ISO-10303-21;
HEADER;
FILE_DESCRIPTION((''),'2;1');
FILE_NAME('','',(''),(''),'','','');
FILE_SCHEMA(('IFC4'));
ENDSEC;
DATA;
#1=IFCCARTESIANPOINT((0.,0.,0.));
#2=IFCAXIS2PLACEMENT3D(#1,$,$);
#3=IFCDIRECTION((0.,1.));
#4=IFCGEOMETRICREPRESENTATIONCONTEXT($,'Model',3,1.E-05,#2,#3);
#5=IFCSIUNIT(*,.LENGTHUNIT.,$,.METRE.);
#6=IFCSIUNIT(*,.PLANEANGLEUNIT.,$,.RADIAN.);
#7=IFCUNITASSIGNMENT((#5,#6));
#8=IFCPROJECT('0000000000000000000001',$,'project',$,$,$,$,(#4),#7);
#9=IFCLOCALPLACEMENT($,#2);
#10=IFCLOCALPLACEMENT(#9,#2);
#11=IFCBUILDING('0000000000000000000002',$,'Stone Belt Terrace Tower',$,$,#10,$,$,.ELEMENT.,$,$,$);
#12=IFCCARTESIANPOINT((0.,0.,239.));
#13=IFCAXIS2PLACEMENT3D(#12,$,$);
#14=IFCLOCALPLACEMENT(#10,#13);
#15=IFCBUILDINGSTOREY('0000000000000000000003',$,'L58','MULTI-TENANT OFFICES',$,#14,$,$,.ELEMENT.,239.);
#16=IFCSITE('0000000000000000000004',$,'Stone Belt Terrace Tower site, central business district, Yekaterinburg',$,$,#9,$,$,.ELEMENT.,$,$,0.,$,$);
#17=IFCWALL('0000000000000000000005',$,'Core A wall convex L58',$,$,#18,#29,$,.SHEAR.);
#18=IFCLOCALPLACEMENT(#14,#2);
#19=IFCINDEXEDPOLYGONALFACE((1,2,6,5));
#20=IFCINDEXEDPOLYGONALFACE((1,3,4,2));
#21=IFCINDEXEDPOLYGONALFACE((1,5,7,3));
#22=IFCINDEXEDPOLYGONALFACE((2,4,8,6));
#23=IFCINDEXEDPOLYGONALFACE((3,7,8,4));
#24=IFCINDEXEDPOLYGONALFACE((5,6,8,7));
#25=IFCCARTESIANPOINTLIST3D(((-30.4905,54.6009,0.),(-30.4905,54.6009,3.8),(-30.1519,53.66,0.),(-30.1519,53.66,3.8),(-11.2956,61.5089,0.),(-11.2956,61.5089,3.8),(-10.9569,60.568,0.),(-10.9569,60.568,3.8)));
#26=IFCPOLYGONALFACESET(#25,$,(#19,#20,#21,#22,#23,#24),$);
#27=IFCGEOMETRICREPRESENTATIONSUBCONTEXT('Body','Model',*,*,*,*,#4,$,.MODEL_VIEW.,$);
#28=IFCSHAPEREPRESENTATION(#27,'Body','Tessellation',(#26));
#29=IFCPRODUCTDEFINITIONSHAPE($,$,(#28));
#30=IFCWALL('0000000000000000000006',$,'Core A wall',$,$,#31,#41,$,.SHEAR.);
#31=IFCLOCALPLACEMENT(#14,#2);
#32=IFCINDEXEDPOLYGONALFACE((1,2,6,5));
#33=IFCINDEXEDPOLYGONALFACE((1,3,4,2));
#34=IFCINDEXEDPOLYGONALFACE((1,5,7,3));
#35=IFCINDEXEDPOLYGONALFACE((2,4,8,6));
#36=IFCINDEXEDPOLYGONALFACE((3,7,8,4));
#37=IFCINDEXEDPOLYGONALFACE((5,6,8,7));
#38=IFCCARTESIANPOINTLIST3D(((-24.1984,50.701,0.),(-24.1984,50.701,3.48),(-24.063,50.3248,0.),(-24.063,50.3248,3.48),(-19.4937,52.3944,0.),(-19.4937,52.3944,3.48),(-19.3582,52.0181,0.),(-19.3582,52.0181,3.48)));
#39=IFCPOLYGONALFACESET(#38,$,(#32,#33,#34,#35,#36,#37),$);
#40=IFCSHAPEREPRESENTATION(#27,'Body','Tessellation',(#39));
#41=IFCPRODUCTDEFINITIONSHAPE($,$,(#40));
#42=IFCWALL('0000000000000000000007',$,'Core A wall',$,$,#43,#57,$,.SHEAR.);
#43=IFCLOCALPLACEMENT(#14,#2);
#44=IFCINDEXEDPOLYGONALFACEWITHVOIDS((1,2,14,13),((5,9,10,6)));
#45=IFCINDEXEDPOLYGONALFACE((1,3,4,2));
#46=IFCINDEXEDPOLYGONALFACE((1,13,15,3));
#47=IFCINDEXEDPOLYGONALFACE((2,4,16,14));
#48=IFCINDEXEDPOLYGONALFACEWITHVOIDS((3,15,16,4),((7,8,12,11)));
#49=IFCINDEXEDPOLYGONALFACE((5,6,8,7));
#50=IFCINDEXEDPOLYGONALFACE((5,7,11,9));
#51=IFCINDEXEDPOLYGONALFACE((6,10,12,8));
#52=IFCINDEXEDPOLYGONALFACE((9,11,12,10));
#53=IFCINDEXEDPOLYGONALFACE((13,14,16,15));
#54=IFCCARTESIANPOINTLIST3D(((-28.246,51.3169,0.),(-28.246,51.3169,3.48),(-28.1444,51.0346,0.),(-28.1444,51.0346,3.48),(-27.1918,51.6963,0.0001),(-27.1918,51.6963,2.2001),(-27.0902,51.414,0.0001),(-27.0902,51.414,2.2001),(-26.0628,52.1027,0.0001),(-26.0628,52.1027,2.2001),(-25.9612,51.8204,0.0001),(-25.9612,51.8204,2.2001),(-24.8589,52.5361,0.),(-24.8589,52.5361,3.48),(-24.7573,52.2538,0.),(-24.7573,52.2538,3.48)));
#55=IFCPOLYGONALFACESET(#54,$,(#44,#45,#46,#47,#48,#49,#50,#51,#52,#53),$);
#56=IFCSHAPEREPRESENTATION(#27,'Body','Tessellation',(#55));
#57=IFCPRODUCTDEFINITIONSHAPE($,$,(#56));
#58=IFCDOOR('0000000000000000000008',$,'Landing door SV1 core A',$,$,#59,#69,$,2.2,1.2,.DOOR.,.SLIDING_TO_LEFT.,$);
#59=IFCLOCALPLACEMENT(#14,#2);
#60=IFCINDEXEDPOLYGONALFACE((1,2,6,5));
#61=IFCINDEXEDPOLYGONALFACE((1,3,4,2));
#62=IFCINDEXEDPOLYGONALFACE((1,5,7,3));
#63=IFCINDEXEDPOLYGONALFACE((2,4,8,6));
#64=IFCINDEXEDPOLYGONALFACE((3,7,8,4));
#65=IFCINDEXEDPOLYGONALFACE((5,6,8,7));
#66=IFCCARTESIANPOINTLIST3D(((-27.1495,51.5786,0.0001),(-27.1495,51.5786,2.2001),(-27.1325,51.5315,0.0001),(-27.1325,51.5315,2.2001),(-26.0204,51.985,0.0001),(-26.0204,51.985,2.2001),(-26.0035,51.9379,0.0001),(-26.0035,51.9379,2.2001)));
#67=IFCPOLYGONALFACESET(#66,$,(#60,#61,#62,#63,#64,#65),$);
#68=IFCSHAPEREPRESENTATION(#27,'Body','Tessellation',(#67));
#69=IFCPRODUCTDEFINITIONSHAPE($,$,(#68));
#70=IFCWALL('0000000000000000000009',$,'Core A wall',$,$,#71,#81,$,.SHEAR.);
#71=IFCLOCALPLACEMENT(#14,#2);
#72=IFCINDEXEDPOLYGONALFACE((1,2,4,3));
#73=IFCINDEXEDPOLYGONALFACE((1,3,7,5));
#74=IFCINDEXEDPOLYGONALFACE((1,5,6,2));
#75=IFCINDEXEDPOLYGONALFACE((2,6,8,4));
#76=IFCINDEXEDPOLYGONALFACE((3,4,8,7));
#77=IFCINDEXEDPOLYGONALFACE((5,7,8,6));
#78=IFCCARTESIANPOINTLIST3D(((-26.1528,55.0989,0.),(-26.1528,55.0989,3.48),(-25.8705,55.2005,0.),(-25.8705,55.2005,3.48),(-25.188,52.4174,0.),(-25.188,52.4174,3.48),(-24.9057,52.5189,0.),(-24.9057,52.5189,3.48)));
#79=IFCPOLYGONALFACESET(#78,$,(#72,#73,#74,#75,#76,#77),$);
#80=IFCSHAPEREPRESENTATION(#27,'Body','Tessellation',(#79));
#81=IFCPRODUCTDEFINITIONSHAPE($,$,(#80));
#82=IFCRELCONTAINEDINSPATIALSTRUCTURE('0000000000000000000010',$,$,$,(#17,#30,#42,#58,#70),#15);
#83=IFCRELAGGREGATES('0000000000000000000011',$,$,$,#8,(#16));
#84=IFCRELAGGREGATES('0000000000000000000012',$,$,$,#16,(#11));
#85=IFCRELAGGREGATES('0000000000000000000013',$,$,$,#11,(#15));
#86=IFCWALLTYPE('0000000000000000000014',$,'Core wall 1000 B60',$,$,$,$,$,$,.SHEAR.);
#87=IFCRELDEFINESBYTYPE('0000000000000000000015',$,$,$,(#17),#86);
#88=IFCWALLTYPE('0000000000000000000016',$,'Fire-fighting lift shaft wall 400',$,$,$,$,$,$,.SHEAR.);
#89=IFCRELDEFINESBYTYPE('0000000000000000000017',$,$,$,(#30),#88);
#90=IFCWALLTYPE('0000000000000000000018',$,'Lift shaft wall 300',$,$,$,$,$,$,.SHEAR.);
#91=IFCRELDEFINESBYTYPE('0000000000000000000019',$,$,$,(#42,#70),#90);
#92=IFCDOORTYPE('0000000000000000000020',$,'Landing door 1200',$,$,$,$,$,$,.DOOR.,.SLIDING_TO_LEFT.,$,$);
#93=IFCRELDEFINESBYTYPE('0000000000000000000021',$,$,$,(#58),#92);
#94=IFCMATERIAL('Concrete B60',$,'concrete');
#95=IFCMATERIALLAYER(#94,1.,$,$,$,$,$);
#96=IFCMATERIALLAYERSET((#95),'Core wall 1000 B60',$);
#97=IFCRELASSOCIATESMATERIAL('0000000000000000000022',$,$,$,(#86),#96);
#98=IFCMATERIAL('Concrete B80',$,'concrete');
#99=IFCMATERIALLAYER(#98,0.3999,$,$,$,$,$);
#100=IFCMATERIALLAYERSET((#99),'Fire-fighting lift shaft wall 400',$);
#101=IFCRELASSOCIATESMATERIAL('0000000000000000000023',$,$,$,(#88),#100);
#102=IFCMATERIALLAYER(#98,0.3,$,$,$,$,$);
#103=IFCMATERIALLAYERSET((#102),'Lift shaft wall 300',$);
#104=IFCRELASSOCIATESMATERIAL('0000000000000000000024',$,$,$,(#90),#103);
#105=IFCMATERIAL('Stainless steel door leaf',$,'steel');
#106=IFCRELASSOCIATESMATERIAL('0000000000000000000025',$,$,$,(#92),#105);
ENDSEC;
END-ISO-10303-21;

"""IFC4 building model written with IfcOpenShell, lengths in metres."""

from ifc_helpers import new_model, si_unit, direction, frame, frame_2d, origin, place, context, subcontext, project, spatial, rectangle, extrude, material, layer, layer_set, type_object, element, fill, save


model = new_model("IFC4")

# Units and contexts
model_context = context("Model", 3, precision=1e-05, world=origin(), true_north=direction((0.0, 1.0)))
body_context = subcontext(model_context, "Body", "Model", "MODEL_VIEW")
ifc_project = project(units=[si_unit("LENGTHUNIT", "METRE"), si_unit("PLANEANGLEUNIT", "RADIAN")], contexts=[model_context])

# Site, building, storey
site_placement = place(None, origin())
site = spatial("IfcSite", under=ifc_project, at=site_placement, Name="Stone Belt Terrace Tower site, central business district, Yekaterinburg", CompositionType="ELEMENT", RefElevation=0.0)
building_placement = place(site_placement, origin())
building = spatial("IfcBuilding", under=site, at=building_placement, Name="Stone Belt Terrace Tower", CompositionType="ELEMENT")
storey_placement = place(building_placement, frame((0.0, 0.0, 239.0)))
storey = spatial("IfcBuildingStorey", under=building, at=storey_placement, Name="L58", Description="MULTI-TENANT OFFICES", CompositionType="ELEMENT", Elevation=239.0)

# Shared definitions
ifc_material_1 = material(Name="Concrete B60", Category="concrete")

# Walls
ifc_layer_1 = layer(ifc_material_1, 1.0)
ifc_layer_set_1 = layer_set([ifc_layer_1], Name="Core wall 1000 B60")
wall_type_1 = type_object("IfcWallType", Name="Core wall 1000 B60", PredefinedType="SHEAR", material=ifc_layer_set_1)
wall_1_placement = place(storey_placement, frame((-30.3213, 54.1304, 0.0), z_axis=(0.0, 0.0, 1.0), x_axis=(0.940921, 0.338625, 0.0)))
element("IfcWall", 1, at=wall_1_placement, inside=storey, type_object=wall_type_1, Name="Core A wall convex L58", PredefinedType="SHEAR", context=body_context, shape_type="SweptSolid", body=[
    extrude(rectangle(XDim=20.4001, YDim=1.0, at=frame_2d((10.2002, 0.0))), origin(), (0.0, 0.0, 1.0), 3.8),
])
ifc_material_2 = material(Name="Concrete B80", Category="concrete")
ifc_layer_2 = layer(ifc_material_2, 0.3999)
ifc_layer_set_2 = layer_set([ifc_layer_2], Name="Fire-fighting lift shaft wall 400")
wall_type_2 = type_object("IfcWallType", Name="Fire-fighting lift shaft wall 400", PredefinedType="SHEAR", material=ifc_layer_set_2)
wall_2_placement = place(storey_placement, frame((-24.1306, 50.5129, 0.0), z_axis=(0.0, 0.0, 1.0), x_axis=(0.940912, 0.338652, 0.0)))
element("IfcWall", 2, at=wall_2_placement, inside=storey, type_object=wall_type_2, Name="Core A wall", PredefinedType="SHEAR", context=body_context, shape_type="SweptSolid", body=[
    extrude(rectangle(XDim=5.0002, YDim=0.3999, at=frame_2d((2.5, 0.0))), origin(), (0.0, 0.0, 1.0), 3.48),
])

# Wall, opening, door
ifc_layer_3 = layer(ifc_material_2, 0.3)
ifc_layer_set_3 = layer_set([ifc_layer_3], Name="Lift shaft wall 300")
wall_type_3 = type_object("IfcWallType", Name="Lift shaft wall 300", PredefinedType="SHEAR", material=ifc_layer_set_3)
wall_3_placement = place(storey_placement, frame((-28.1951, 51.1758, 0.0), z_axis=(0.0, 0.0, 1.0), x_axis=(0.940901, 0.338681, 0.0)))
wall_3 = element("IfcWall", 3, at=wall_3_placement, inside=storey, type_object=wall_type_3, Name="Core A wall", PredefinedType="SHEAR", context=body_context, shape_type="SweptSolid", body=[
    extrude(rectangle(XDim=3.5999, YDim=0.3, at=frame_2d((1.7998, 0.0))), origin(), (0.0, 0.0, 1.0), 3.48),
])
opening_1_placement = place(wall_3_placement, frame((1.1201, 0.0, 0.0)))
opening_1 = element("IfcOpeningElement", 4, at=opening_1_placement, cuts=wall_3, PredefinedType="OPENING", context=body_context, shape_type="SweptSolid", body=[
    extrude(rectangle(XDim=1.2, YDim=2.2, at=frame_2d((0.6001, 1.1001))), frame((0.0, 0.1599, 0.0), z_axis=(0.0, -1.0, 0.0), x_axis=(1.0, 0.0, 0.0)), (0.0, 0.0, 1.0), 0.3201),
])
ifc_material_3 = material(Name="Stainless steel door leaf", Category="steel")
door_type_1 = type_object("IfcDoorType", Name="Landing door 1200", OperationType="SLIDING_TO_LEFT", PredefinedType="DOOR", material=ifc_material_3)
door_1_placement = place(opening_1_placement, origin())
door_1 = element("IfcDoor", 5, at=door_1_placement, inside=storey, type_object=door_type_1, Name="Landing door SV1 core A", OperationType="SLIDING_TO_LEFT", OverallHeight=2.2, OverallWidth=1.2, PredefinedType="DOOR", context=body_context, shape_type="SweptSolid", body=[
    extrude(rectangle(XDim=1.2, YDim=2.2, at=frame_2d((0.6001, 1.1001))), frame((0.0, 0.0249, 0.0), z_axis=(0.0, -1.0, 0.0), x_axis=(1.0, 0.0, 0.0)), (0.0, 0.0, 1.0), 0.05),
])
fill(opening_1, door_1)

# Wall
wall_4_placement = place(storey_placement, frame((-25.0469, 52.4683, 0.0), z_axis=(0.0, 0.0, 1.0), x_axis=(-0.33855, 0.940949, 0.0)))
element("IfcWall", 6, at=wall_4_placement, inside=storey, type_object=wall_type_3, Name="Core A wall", PredefinedType="SHEAR", context=body_context, shape_type="SweptSolid", body=[
    extrude(rectangle(XDim=2.8499, YDim=0.3, at=frame_2d((1.4248, 0.0))), origin(), (0.0, 0.0, 1.0), 3.48),
])

save(model, "model.ifc")
